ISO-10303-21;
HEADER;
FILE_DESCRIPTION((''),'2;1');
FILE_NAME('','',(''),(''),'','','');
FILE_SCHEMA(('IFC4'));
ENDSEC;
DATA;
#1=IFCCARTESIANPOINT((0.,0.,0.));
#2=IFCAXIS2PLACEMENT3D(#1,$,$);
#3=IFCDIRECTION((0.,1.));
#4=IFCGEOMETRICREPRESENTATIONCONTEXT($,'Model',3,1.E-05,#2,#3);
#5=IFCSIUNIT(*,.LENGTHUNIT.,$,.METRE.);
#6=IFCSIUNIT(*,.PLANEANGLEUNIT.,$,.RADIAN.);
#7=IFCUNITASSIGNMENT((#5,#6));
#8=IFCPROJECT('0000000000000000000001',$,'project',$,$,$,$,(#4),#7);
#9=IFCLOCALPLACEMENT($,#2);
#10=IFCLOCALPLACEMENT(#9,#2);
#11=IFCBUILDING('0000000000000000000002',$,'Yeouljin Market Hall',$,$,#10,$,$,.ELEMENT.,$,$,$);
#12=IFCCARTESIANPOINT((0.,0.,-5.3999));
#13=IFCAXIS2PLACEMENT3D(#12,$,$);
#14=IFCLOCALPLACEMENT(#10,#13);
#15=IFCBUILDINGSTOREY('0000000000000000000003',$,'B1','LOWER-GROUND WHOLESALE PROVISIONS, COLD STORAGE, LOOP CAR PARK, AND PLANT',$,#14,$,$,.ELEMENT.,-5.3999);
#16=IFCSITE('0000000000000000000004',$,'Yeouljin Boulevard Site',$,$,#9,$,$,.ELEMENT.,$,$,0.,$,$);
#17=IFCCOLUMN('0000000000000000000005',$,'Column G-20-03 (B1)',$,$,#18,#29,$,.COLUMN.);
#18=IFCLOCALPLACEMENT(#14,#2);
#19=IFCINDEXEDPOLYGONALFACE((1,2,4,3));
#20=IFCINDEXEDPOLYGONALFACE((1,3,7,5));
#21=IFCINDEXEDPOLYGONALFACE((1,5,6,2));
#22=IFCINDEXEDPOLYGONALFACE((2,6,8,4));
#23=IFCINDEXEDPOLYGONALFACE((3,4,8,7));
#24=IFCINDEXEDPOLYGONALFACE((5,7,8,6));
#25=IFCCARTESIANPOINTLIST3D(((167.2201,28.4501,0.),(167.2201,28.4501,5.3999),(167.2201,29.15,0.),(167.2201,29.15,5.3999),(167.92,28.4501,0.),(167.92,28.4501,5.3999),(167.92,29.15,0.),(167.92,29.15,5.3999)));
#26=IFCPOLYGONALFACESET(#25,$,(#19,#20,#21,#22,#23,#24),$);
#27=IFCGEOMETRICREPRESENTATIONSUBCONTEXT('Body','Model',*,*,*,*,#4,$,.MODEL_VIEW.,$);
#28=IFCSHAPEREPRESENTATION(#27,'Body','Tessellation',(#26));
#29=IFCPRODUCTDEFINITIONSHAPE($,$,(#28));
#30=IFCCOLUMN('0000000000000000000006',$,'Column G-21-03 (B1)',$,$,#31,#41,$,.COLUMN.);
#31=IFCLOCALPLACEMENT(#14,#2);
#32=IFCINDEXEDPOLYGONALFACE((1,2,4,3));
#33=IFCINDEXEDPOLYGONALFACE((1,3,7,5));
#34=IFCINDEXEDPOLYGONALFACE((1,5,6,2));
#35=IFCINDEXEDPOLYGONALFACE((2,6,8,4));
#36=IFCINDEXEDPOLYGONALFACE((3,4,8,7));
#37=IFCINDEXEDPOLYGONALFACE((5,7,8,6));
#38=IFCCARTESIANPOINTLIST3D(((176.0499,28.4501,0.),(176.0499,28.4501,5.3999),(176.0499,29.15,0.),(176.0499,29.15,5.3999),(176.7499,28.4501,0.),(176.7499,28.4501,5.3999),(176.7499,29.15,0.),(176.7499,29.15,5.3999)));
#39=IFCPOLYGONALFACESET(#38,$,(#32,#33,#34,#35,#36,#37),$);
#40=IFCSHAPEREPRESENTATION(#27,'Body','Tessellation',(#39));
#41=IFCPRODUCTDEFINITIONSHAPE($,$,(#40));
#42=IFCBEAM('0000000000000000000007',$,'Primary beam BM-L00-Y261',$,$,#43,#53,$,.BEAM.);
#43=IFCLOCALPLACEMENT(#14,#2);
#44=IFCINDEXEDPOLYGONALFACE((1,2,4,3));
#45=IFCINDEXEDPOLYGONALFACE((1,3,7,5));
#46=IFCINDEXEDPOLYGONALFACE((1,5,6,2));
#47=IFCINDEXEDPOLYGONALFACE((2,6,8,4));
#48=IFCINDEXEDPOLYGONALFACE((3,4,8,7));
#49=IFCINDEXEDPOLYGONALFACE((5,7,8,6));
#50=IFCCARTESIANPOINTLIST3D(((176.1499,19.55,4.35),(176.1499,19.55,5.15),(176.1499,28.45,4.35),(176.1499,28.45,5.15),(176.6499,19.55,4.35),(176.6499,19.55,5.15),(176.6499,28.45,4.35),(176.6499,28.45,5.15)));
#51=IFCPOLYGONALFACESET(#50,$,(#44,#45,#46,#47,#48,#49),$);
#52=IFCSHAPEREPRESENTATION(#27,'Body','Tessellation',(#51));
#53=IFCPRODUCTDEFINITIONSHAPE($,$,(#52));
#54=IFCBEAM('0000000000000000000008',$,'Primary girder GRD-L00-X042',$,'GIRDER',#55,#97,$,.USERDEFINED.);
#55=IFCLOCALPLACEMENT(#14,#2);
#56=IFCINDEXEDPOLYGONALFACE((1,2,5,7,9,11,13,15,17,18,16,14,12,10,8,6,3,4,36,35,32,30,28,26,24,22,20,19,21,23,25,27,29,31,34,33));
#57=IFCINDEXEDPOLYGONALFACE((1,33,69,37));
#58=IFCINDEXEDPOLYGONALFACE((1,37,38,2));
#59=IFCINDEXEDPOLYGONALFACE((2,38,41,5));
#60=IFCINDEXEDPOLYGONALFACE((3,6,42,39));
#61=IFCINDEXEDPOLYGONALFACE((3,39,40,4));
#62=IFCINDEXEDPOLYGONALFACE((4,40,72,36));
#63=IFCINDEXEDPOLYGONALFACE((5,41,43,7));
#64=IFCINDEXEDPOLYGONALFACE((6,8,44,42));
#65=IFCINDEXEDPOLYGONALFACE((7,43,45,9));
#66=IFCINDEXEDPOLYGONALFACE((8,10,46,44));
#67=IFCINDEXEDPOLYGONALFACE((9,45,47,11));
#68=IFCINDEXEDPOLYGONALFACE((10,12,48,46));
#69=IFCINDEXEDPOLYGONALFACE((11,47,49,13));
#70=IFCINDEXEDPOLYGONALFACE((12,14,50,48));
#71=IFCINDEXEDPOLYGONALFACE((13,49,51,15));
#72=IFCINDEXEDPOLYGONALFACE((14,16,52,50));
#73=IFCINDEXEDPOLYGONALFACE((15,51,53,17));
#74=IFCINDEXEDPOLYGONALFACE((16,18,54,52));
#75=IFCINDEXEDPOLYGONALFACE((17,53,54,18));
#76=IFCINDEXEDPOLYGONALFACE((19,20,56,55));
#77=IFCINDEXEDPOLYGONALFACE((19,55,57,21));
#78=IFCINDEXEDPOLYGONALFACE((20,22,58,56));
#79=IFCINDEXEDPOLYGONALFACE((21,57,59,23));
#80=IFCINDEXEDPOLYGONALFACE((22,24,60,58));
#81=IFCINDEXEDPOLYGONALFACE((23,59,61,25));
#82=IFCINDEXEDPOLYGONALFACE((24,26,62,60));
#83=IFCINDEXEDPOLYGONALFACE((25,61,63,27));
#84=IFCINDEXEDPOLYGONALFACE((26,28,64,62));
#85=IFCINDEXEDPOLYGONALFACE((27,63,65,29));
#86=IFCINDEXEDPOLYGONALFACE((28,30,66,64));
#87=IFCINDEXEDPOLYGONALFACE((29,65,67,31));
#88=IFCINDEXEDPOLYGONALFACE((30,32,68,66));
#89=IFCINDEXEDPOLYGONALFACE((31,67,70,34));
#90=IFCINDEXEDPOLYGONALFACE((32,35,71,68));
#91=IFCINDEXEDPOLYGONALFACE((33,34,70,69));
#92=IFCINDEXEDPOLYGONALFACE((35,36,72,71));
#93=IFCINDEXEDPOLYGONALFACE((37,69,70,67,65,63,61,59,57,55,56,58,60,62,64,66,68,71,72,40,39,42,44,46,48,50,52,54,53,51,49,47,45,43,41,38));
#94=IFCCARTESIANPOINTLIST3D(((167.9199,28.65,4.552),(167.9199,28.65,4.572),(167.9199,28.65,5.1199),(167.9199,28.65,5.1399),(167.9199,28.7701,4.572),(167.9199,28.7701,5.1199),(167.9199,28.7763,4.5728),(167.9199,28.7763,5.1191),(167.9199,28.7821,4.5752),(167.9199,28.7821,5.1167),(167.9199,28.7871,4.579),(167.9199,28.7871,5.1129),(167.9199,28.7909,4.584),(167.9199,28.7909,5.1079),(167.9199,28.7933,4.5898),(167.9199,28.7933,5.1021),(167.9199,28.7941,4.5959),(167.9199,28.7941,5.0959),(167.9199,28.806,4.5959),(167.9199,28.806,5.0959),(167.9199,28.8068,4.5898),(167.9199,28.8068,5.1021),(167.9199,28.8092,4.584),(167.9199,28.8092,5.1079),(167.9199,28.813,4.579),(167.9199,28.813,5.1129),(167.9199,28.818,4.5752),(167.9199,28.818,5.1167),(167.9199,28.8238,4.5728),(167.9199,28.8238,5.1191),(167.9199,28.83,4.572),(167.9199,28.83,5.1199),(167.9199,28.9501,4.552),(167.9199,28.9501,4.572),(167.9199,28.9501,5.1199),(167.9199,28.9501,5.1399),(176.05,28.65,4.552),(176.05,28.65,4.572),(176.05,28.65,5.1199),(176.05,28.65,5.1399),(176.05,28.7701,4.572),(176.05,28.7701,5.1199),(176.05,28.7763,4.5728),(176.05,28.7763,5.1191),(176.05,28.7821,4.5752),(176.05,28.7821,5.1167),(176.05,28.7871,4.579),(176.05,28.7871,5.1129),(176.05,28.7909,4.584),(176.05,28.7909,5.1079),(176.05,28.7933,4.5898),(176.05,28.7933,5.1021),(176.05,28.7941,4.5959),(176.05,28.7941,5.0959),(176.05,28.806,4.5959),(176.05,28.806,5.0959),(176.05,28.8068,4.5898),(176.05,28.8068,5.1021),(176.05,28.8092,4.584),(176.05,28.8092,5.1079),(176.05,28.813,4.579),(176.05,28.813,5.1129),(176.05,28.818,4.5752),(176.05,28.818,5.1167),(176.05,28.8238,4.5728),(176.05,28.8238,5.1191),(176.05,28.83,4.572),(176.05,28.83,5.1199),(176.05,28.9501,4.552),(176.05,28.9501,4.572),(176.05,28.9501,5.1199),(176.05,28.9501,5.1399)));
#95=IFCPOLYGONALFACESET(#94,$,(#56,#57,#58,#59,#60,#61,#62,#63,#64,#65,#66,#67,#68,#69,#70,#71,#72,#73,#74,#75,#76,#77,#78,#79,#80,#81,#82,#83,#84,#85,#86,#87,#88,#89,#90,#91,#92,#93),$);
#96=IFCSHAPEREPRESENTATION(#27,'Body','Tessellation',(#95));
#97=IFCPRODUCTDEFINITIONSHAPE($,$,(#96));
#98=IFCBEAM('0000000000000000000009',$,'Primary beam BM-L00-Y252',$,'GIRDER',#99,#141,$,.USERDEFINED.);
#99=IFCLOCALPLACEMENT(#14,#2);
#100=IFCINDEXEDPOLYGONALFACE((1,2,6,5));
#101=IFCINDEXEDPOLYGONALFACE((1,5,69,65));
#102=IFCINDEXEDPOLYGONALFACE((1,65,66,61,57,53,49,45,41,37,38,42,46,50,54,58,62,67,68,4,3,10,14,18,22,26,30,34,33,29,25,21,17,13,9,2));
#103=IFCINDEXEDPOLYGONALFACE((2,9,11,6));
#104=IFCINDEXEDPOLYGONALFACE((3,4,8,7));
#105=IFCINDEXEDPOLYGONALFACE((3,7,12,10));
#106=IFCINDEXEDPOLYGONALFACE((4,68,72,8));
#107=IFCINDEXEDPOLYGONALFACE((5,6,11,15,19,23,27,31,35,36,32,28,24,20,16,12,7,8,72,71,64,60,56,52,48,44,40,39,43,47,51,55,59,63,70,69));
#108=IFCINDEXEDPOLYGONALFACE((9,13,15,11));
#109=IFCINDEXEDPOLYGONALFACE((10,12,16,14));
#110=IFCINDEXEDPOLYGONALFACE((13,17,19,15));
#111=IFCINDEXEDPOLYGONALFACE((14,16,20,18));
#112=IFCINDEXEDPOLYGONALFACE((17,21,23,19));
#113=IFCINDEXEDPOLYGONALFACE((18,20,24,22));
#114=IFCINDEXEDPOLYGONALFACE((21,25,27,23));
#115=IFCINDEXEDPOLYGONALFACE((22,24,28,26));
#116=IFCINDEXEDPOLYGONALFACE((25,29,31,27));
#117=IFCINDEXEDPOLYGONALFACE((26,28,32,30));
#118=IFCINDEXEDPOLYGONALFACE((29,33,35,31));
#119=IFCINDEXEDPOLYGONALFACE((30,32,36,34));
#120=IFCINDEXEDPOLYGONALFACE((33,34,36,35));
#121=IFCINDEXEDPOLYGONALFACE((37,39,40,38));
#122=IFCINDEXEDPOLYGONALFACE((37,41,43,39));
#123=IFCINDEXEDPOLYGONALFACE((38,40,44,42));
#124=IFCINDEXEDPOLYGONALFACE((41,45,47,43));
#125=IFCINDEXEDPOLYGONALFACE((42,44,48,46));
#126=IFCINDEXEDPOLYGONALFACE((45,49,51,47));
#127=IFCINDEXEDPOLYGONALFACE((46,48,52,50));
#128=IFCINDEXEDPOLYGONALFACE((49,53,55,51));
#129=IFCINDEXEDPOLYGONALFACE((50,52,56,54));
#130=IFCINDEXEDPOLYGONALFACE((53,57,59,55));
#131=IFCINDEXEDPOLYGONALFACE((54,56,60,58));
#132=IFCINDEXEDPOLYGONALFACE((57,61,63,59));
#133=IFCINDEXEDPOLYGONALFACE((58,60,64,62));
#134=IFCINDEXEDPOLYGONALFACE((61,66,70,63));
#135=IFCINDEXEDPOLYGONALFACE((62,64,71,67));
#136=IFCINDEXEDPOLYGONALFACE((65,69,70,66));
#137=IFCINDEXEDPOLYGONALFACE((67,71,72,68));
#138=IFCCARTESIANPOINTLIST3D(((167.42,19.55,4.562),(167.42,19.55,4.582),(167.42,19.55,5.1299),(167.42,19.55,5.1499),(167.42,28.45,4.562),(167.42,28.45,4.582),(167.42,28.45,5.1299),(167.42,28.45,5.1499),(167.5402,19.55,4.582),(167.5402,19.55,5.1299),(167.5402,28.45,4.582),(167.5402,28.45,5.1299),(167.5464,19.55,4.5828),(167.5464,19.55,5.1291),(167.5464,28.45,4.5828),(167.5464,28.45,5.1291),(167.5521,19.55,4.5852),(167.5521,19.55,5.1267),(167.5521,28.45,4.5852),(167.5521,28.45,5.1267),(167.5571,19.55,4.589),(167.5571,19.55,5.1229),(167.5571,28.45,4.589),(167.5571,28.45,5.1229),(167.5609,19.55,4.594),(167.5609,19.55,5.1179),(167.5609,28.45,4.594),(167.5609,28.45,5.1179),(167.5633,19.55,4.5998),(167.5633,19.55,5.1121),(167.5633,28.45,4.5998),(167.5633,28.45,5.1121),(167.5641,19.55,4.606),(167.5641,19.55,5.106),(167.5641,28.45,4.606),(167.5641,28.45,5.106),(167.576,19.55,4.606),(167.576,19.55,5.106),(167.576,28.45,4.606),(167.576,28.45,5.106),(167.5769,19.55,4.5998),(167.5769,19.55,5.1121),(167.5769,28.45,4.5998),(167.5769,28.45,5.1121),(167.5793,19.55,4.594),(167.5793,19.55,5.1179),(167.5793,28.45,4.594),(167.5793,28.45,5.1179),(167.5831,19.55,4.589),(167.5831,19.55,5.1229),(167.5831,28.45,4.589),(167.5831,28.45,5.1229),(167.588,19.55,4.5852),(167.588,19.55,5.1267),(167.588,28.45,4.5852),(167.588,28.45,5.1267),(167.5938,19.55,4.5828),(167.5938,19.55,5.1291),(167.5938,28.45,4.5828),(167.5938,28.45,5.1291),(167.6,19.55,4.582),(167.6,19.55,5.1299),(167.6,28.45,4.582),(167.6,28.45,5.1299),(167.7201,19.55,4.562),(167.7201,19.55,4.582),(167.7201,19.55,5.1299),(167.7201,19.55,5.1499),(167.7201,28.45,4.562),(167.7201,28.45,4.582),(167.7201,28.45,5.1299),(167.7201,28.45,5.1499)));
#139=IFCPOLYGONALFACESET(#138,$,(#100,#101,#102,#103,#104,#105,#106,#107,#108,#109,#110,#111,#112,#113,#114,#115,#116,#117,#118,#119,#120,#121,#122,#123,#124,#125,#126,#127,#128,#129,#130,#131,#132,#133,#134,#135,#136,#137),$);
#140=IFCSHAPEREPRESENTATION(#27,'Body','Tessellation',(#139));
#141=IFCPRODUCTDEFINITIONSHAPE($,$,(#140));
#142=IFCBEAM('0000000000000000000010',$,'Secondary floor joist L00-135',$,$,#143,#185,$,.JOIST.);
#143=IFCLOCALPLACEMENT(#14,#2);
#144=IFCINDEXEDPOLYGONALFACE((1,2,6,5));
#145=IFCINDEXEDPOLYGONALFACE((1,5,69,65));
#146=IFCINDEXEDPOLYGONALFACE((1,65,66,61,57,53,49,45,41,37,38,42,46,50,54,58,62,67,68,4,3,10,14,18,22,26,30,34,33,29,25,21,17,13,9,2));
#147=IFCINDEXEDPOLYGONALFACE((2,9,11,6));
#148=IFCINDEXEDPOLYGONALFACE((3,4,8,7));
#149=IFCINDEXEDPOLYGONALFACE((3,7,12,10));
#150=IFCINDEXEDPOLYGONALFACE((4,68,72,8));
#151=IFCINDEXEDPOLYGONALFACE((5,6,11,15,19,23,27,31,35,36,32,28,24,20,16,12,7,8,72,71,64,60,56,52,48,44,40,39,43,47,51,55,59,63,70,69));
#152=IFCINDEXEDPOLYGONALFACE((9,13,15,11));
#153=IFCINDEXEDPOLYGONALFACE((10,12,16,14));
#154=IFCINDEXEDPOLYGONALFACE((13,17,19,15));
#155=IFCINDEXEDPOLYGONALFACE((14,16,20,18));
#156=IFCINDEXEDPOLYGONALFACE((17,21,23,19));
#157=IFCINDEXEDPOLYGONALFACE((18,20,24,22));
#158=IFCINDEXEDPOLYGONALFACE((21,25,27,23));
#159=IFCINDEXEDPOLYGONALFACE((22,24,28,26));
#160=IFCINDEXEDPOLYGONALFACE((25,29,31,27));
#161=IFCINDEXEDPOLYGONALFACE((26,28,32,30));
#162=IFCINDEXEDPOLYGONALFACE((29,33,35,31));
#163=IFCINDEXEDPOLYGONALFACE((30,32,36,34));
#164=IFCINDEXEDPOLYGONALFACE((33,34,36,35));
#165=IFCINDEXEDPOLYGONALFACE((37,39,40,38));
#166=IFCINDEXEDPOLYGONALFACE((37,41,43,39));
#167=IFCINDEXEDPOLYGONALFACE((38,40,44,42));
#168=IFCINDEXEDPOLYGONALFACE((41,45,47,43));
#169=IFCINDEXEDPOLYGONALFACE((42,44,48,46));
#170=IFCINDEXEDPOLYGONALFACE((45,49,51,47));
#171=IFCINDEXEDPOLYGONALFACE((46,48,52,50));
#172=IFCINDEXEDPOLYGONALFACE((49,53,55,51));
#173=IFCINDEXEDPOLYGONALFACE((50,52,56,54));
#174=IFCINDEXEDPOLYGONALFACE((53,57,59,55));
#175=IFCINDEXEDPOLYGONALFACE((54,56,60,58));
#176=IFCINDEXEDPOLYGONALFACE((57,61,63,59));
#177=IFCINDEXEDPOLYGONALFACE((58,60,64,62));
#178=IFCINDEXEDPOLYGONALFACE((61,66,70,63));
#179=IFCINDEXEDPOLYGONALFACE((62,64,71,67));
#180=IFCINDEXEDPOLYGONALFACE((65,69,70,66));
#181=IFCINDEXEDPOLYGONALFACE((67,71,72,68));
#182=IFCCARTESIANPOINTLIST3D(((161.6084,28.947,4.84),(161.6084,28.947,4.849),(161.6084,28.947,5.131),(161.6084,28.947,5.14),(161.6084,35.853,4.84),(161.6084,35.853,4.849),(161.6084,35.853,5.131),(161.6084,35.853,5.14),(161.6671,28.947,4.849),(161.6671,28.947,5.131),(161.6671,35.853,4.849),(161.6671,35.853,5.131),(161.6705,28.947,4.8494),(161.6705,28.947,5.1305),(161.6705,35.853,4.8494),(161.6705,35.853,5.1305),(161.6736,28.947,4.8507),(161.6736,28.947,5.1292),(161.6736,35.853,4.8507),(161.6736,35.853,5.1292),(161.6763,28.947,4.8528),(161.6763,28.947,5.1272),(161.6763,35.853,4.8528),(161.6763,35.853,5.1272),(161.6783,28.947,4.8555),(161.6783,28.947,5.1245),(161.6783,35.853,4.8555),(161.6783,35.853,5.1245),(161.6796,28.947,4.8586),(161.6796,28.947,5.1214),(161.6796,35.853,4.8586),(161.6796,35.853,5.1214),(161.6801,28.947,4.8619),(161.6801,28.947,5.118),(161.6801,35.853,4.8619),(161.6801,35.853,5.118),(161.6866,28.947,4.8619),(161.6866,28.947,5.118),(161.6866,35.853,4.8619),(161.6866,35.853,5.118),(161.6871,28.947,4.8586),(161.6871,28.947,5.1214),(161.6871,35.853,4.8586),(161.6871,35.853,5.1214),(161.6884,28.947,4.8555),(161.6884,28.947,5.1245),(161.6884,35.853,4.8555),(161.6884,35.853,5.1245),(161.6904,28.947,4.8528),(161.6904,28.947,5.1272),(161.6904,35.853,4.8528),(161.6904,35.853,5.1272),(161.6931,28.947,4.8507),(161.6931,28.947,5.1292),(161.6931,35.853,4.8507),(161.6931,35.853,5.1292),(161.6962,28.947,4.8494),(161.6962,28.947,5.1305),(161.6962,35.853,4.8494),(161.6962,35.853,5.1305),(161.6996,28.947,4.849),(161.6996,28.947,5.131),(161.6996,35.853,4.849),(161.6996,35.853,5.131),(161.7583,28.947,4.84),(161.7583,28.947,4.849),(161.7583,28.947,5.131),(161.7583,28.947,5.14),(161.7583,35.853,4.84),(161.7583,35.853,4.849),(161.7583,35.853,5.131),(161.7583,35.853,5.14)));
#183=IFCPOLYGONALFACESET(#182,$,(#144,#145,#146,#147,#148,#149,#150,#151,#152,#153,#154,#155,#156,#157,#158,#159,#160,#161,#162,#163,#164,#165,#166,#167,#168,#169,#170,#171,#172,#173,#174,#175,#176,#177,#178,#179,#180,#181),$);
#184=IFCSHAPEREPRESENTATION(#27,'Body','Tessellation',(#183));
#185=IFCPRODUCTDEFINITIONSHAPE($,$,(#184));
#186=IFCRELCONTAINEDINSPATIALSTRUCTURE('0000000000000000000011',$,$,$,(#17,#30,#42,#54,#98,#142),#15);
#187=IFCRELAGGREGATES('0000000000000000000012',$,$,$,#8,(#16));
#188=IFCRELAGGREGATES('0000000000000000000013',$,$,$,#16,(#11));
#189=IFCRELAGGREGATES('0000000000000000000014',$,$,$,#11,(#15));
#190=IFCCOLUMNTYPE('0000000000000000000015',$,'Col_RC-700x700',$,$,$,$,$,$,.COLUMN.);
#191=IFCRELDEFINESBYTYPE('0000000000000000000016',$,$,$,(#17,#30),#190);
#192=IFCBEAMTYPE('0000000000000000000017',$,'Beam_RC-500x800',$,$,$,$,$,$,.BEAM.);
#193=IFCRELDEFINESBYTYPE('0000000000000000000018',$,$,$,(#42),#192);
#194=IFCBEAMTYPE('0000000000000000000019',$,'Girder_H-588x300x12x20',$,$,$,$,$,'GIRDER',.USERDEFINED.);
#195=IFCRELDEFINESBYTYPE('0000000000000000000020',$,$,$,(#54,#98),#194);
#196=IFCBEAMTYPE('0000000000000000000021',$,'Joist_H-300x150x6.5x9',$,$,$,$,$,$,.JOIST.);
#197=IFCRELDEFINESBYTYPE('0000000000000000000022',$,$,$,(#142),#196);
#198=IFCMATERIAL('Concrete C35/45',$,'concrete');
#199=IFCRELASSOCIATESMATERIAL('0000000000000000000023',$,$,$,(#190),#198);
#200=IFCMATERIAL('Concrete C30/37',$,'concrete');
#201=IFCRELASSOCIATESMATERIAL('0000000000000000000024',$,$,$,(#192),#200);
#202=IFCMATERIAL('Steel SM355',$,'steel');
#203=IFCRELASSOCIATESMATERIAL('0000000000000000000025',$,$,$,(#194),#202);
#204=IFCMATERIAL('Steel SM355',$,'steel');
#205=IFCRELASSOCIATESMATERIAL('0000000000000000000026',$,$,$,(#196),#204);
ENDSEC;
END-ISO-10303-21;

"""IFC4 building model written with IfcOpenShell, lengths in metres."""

from ifc_helpers import new_model, si_unit, direction, frame, origin, origin_2d, place, context, subcontext, project, spatial, rectangle, i_section, extrude, material, material_profile, profile_set, type_object, element, save


model = new_model("IFC4")

# Units and contexts
model_context = context("Model", 3, precision=1e-05, world=origin(), true_north=direction((0.0, 1.0)))
body_context = subcontext(model_context, "Body", "Model", "MODEL_VIEW")
ifc_project = project(units=[si_unit("LENGTHUNIT", "METRE"), si_unit("PLANEANGLEUNIT", "RADIAN")], contexts=[model_context])

# Site, building, storey
site_placement = place(None, origin())
site = spatial("IfcSite", under=ifc_project, at=site_placement, Name="Yeouljin Boulevard Site", CompositionType="ELEMENT", RefElevation=0.0)
building_placement = place(site_placement, origin())
building = spatial("IfcBuilding", under=site, at=building_placement, Name="Yeouljin Market Hall", CompositionType="ELEMENT")
storey_placement = place(building_placement, frame((0.0, 0.0, -5.3999)))
storey = spatial("IfcBuildingStorey", under=building, at=storey_placement, Name="B1", Description="LOWER-GROUND WHOLESALE PROVISIONS, COLD STORAGE, LOOP CAR PARK, AND PLANT", CompositionType="ELEMENT", Elevation=-5.3999)

# Columns
ifc_material_1 = material(Name="Concrete C35/45", Category="concrete")
ifc_material_profile_1 = material_profile(ifc_material_1, rectangle(XDim=0.7, YDim=0.7, at=origin_2d()), Name="RC-700x700")
ifc_profile_set_1 = profile_set([ifc_material_profile_1], Name="Concrete C35/45")
column_type = type_object("IfcColumnType", Name="Col_RC-700x700", PredefinedType="COLUMN", material=ifc_profile_set_1)
for number, where, z_axis, x_axis, name in (
    (1, (167.5701, 28.8, 0.0), (0.0, 0.0, 1.0), (1.0, 0.0, 0.0), "Column G-20-03 (B1)"),
    (2, (176.3999, 28.8, 0.0), (0.0, 0.0, 1.0), (1.0, 0.0, 0.0), "Column G-21-03 (B1)"),
):
    element("IfcColumn", number, at=place(storey_placement, frame(where, z_axis=z_axis, x_axis=x_axis)), inside=storey, type_object=column_type, Name=name, PredefinedType="COLUMN", context=body_context, shape_type="SweptSolid", body=[
        extrude(rectangle(XDim=0.7, YDim=0.7, at=origin_2d()), origin(), (0.0, 0.0, 1.0), 5.3999),
    ])

# Beams
ifc_material_2 = material(Name="Concrete C30/37", Category="concrete")
ifc_material_profile_2 = material_profile(ifc_material_2, rectangle(XDim=0.5, YDim=0.8, at=origin_2d()), Name="RC-500x800")
ifc_profile_set_2 = profile_set([ifc_material_profile_2], Name="Concrete C30/37")
beam_type_1 = type_object("IfcBeamType", Name="Beam_RC-500x800", PredefinedType="BEAM", material=ifc_profile_set_2)
beam_1_placement = place(storey_placement, frame((176.3999, 19.55, 4.75), z_axis=(0.0, 1.0, 0.0), x_axis=(-1.0, 0.0, 0.0)))
element("IfcBeam", 3, at=beam_1_placement, inside=storey, type_object=beam_type_1, Name="Primary beam BM-L00-Y261", PredefinedType="BEAM", context=body_context, shape_type="SweptSolid", body=[
    extrude(rectangle(XDim=0.5, YDim=0.8, at=origin_2d()), origin(), (0.0, 0.0, 1.0), 8.8999),
])
ifc_material_3 = material(Name="Steel SM355", Category="steel")
ifc_material_profile_3 = material_profile(ifc_material_3, i_section(OverallWidth=0.3, OverallDepth=0.5879, WebThickness=0.012, FlangeThickness=0.02, FilletRadius=0.0239, at=origin_2d()), Name="H-588x300x12x20")
ifc_profile_set_3 = profile_set([ifc_material_profile_3], Name="Steel SM355")
beam_type_2 = type_object("IfcBeamType", Name="Girder_H-588x300x12x20", ElementType="GIRDER", PredefinedType="USERDEFINED", material=ifc_profile_set_3)
beam_2_placement = place(storey_placement, frame((167.9199, 28.8, 4.8459), z_axis=(1.0, 0.0, 0.0), x_axis=(0.0, 1.0, 0.0)))
element("IfcBeam", 4, at=beam_2_placement, inside=storey, type_object=beam_type_2, Name="Primary girder GRD-L00-X042", ObjectType="GIRDER", PredefinedType="USERDEFINED", context=body_context, shape_type="SweptSolid", body=[
    extrude(i_section(OverallWidth=0.3, OverallDepth=0.5879, WebThickness=0.012, FlangeThickness=0.02, FilletRadius=0.0239, at=origin_2d()), origin(), (0.0, 0.0, 1.0), 8.1301),
])
beam_3_placement = place(storey_placement, frame((167.5701, 19.55, 4.856), z_axis=(0.0, 1.0, 0.0), x_axis=(-1.0, 0.0, 0.0)))
element("IfcBeam", 5, at=beam_3_placement, inside=storey, type_object=beam_type_2, Name="Primary beam BM-L00-Y252", ObjectType="GIRDER", PredefinedType="USERDEFINED", context=body_context, shape_type="SweptSolid", body=[
    extrude(i_section(OverallWidth=0.3, OverallDepth=0.5879, WebThickness=0.012, FlangeThickness=0.02, FilletRadius=0.0239, at=origin_2d()), origin(), (0.0, 0.0, 1.0), 8.8999),
])
ifc_material_4 = material(Name="Steel SM355", Category="steel")
ifc_material_profile_4 = material_profile(ifc_material_4, i_section(OverallWidth=0.1499, OverallDepth=0.3, WebThickness=0.0066, FlangeThickness=0.009, FilletRadius=0.0129, at=origin_2d()), Name="H-300x150x6.5x9")
ifc_profile_set_4 = profile_set([ifc_material_profile_4], Name="Steel SM355")
beam_type_3 = type_object("IfcBeamType", Name="Joist_H-300x150x6.5x9", PredefinedType="JOIST", material=ifc_profile_set_4)
for number, where, z_axis, x_axis, name in (
    (6, (161.6833, 28.947, 4.99), (0.0, 1.0, 0.0), (-1.0, 0.0, 0.0), "Secondary floor joist L00-135"),
):
    element("IfcBeam", number, at=place(storey_placement, frame(where, z_axis=z_axis, x_axis=x_axis)), inside=storey, type_object=beam_type_3, Name=name, PredefinedType="JOIST", context=body_context, shape_type="SweptSolid", body=[
        extrude(i_section(OverallWidth=0.1499, OverallDepth=0.3, WebThickness=0.0066, FlangeThickness=0.009, FilletRadius=0.0129, at=origin_2d()), origin(), (0.0, 0.0, 1.0), 6.906),
    ])

save(model, "model.ifc")
